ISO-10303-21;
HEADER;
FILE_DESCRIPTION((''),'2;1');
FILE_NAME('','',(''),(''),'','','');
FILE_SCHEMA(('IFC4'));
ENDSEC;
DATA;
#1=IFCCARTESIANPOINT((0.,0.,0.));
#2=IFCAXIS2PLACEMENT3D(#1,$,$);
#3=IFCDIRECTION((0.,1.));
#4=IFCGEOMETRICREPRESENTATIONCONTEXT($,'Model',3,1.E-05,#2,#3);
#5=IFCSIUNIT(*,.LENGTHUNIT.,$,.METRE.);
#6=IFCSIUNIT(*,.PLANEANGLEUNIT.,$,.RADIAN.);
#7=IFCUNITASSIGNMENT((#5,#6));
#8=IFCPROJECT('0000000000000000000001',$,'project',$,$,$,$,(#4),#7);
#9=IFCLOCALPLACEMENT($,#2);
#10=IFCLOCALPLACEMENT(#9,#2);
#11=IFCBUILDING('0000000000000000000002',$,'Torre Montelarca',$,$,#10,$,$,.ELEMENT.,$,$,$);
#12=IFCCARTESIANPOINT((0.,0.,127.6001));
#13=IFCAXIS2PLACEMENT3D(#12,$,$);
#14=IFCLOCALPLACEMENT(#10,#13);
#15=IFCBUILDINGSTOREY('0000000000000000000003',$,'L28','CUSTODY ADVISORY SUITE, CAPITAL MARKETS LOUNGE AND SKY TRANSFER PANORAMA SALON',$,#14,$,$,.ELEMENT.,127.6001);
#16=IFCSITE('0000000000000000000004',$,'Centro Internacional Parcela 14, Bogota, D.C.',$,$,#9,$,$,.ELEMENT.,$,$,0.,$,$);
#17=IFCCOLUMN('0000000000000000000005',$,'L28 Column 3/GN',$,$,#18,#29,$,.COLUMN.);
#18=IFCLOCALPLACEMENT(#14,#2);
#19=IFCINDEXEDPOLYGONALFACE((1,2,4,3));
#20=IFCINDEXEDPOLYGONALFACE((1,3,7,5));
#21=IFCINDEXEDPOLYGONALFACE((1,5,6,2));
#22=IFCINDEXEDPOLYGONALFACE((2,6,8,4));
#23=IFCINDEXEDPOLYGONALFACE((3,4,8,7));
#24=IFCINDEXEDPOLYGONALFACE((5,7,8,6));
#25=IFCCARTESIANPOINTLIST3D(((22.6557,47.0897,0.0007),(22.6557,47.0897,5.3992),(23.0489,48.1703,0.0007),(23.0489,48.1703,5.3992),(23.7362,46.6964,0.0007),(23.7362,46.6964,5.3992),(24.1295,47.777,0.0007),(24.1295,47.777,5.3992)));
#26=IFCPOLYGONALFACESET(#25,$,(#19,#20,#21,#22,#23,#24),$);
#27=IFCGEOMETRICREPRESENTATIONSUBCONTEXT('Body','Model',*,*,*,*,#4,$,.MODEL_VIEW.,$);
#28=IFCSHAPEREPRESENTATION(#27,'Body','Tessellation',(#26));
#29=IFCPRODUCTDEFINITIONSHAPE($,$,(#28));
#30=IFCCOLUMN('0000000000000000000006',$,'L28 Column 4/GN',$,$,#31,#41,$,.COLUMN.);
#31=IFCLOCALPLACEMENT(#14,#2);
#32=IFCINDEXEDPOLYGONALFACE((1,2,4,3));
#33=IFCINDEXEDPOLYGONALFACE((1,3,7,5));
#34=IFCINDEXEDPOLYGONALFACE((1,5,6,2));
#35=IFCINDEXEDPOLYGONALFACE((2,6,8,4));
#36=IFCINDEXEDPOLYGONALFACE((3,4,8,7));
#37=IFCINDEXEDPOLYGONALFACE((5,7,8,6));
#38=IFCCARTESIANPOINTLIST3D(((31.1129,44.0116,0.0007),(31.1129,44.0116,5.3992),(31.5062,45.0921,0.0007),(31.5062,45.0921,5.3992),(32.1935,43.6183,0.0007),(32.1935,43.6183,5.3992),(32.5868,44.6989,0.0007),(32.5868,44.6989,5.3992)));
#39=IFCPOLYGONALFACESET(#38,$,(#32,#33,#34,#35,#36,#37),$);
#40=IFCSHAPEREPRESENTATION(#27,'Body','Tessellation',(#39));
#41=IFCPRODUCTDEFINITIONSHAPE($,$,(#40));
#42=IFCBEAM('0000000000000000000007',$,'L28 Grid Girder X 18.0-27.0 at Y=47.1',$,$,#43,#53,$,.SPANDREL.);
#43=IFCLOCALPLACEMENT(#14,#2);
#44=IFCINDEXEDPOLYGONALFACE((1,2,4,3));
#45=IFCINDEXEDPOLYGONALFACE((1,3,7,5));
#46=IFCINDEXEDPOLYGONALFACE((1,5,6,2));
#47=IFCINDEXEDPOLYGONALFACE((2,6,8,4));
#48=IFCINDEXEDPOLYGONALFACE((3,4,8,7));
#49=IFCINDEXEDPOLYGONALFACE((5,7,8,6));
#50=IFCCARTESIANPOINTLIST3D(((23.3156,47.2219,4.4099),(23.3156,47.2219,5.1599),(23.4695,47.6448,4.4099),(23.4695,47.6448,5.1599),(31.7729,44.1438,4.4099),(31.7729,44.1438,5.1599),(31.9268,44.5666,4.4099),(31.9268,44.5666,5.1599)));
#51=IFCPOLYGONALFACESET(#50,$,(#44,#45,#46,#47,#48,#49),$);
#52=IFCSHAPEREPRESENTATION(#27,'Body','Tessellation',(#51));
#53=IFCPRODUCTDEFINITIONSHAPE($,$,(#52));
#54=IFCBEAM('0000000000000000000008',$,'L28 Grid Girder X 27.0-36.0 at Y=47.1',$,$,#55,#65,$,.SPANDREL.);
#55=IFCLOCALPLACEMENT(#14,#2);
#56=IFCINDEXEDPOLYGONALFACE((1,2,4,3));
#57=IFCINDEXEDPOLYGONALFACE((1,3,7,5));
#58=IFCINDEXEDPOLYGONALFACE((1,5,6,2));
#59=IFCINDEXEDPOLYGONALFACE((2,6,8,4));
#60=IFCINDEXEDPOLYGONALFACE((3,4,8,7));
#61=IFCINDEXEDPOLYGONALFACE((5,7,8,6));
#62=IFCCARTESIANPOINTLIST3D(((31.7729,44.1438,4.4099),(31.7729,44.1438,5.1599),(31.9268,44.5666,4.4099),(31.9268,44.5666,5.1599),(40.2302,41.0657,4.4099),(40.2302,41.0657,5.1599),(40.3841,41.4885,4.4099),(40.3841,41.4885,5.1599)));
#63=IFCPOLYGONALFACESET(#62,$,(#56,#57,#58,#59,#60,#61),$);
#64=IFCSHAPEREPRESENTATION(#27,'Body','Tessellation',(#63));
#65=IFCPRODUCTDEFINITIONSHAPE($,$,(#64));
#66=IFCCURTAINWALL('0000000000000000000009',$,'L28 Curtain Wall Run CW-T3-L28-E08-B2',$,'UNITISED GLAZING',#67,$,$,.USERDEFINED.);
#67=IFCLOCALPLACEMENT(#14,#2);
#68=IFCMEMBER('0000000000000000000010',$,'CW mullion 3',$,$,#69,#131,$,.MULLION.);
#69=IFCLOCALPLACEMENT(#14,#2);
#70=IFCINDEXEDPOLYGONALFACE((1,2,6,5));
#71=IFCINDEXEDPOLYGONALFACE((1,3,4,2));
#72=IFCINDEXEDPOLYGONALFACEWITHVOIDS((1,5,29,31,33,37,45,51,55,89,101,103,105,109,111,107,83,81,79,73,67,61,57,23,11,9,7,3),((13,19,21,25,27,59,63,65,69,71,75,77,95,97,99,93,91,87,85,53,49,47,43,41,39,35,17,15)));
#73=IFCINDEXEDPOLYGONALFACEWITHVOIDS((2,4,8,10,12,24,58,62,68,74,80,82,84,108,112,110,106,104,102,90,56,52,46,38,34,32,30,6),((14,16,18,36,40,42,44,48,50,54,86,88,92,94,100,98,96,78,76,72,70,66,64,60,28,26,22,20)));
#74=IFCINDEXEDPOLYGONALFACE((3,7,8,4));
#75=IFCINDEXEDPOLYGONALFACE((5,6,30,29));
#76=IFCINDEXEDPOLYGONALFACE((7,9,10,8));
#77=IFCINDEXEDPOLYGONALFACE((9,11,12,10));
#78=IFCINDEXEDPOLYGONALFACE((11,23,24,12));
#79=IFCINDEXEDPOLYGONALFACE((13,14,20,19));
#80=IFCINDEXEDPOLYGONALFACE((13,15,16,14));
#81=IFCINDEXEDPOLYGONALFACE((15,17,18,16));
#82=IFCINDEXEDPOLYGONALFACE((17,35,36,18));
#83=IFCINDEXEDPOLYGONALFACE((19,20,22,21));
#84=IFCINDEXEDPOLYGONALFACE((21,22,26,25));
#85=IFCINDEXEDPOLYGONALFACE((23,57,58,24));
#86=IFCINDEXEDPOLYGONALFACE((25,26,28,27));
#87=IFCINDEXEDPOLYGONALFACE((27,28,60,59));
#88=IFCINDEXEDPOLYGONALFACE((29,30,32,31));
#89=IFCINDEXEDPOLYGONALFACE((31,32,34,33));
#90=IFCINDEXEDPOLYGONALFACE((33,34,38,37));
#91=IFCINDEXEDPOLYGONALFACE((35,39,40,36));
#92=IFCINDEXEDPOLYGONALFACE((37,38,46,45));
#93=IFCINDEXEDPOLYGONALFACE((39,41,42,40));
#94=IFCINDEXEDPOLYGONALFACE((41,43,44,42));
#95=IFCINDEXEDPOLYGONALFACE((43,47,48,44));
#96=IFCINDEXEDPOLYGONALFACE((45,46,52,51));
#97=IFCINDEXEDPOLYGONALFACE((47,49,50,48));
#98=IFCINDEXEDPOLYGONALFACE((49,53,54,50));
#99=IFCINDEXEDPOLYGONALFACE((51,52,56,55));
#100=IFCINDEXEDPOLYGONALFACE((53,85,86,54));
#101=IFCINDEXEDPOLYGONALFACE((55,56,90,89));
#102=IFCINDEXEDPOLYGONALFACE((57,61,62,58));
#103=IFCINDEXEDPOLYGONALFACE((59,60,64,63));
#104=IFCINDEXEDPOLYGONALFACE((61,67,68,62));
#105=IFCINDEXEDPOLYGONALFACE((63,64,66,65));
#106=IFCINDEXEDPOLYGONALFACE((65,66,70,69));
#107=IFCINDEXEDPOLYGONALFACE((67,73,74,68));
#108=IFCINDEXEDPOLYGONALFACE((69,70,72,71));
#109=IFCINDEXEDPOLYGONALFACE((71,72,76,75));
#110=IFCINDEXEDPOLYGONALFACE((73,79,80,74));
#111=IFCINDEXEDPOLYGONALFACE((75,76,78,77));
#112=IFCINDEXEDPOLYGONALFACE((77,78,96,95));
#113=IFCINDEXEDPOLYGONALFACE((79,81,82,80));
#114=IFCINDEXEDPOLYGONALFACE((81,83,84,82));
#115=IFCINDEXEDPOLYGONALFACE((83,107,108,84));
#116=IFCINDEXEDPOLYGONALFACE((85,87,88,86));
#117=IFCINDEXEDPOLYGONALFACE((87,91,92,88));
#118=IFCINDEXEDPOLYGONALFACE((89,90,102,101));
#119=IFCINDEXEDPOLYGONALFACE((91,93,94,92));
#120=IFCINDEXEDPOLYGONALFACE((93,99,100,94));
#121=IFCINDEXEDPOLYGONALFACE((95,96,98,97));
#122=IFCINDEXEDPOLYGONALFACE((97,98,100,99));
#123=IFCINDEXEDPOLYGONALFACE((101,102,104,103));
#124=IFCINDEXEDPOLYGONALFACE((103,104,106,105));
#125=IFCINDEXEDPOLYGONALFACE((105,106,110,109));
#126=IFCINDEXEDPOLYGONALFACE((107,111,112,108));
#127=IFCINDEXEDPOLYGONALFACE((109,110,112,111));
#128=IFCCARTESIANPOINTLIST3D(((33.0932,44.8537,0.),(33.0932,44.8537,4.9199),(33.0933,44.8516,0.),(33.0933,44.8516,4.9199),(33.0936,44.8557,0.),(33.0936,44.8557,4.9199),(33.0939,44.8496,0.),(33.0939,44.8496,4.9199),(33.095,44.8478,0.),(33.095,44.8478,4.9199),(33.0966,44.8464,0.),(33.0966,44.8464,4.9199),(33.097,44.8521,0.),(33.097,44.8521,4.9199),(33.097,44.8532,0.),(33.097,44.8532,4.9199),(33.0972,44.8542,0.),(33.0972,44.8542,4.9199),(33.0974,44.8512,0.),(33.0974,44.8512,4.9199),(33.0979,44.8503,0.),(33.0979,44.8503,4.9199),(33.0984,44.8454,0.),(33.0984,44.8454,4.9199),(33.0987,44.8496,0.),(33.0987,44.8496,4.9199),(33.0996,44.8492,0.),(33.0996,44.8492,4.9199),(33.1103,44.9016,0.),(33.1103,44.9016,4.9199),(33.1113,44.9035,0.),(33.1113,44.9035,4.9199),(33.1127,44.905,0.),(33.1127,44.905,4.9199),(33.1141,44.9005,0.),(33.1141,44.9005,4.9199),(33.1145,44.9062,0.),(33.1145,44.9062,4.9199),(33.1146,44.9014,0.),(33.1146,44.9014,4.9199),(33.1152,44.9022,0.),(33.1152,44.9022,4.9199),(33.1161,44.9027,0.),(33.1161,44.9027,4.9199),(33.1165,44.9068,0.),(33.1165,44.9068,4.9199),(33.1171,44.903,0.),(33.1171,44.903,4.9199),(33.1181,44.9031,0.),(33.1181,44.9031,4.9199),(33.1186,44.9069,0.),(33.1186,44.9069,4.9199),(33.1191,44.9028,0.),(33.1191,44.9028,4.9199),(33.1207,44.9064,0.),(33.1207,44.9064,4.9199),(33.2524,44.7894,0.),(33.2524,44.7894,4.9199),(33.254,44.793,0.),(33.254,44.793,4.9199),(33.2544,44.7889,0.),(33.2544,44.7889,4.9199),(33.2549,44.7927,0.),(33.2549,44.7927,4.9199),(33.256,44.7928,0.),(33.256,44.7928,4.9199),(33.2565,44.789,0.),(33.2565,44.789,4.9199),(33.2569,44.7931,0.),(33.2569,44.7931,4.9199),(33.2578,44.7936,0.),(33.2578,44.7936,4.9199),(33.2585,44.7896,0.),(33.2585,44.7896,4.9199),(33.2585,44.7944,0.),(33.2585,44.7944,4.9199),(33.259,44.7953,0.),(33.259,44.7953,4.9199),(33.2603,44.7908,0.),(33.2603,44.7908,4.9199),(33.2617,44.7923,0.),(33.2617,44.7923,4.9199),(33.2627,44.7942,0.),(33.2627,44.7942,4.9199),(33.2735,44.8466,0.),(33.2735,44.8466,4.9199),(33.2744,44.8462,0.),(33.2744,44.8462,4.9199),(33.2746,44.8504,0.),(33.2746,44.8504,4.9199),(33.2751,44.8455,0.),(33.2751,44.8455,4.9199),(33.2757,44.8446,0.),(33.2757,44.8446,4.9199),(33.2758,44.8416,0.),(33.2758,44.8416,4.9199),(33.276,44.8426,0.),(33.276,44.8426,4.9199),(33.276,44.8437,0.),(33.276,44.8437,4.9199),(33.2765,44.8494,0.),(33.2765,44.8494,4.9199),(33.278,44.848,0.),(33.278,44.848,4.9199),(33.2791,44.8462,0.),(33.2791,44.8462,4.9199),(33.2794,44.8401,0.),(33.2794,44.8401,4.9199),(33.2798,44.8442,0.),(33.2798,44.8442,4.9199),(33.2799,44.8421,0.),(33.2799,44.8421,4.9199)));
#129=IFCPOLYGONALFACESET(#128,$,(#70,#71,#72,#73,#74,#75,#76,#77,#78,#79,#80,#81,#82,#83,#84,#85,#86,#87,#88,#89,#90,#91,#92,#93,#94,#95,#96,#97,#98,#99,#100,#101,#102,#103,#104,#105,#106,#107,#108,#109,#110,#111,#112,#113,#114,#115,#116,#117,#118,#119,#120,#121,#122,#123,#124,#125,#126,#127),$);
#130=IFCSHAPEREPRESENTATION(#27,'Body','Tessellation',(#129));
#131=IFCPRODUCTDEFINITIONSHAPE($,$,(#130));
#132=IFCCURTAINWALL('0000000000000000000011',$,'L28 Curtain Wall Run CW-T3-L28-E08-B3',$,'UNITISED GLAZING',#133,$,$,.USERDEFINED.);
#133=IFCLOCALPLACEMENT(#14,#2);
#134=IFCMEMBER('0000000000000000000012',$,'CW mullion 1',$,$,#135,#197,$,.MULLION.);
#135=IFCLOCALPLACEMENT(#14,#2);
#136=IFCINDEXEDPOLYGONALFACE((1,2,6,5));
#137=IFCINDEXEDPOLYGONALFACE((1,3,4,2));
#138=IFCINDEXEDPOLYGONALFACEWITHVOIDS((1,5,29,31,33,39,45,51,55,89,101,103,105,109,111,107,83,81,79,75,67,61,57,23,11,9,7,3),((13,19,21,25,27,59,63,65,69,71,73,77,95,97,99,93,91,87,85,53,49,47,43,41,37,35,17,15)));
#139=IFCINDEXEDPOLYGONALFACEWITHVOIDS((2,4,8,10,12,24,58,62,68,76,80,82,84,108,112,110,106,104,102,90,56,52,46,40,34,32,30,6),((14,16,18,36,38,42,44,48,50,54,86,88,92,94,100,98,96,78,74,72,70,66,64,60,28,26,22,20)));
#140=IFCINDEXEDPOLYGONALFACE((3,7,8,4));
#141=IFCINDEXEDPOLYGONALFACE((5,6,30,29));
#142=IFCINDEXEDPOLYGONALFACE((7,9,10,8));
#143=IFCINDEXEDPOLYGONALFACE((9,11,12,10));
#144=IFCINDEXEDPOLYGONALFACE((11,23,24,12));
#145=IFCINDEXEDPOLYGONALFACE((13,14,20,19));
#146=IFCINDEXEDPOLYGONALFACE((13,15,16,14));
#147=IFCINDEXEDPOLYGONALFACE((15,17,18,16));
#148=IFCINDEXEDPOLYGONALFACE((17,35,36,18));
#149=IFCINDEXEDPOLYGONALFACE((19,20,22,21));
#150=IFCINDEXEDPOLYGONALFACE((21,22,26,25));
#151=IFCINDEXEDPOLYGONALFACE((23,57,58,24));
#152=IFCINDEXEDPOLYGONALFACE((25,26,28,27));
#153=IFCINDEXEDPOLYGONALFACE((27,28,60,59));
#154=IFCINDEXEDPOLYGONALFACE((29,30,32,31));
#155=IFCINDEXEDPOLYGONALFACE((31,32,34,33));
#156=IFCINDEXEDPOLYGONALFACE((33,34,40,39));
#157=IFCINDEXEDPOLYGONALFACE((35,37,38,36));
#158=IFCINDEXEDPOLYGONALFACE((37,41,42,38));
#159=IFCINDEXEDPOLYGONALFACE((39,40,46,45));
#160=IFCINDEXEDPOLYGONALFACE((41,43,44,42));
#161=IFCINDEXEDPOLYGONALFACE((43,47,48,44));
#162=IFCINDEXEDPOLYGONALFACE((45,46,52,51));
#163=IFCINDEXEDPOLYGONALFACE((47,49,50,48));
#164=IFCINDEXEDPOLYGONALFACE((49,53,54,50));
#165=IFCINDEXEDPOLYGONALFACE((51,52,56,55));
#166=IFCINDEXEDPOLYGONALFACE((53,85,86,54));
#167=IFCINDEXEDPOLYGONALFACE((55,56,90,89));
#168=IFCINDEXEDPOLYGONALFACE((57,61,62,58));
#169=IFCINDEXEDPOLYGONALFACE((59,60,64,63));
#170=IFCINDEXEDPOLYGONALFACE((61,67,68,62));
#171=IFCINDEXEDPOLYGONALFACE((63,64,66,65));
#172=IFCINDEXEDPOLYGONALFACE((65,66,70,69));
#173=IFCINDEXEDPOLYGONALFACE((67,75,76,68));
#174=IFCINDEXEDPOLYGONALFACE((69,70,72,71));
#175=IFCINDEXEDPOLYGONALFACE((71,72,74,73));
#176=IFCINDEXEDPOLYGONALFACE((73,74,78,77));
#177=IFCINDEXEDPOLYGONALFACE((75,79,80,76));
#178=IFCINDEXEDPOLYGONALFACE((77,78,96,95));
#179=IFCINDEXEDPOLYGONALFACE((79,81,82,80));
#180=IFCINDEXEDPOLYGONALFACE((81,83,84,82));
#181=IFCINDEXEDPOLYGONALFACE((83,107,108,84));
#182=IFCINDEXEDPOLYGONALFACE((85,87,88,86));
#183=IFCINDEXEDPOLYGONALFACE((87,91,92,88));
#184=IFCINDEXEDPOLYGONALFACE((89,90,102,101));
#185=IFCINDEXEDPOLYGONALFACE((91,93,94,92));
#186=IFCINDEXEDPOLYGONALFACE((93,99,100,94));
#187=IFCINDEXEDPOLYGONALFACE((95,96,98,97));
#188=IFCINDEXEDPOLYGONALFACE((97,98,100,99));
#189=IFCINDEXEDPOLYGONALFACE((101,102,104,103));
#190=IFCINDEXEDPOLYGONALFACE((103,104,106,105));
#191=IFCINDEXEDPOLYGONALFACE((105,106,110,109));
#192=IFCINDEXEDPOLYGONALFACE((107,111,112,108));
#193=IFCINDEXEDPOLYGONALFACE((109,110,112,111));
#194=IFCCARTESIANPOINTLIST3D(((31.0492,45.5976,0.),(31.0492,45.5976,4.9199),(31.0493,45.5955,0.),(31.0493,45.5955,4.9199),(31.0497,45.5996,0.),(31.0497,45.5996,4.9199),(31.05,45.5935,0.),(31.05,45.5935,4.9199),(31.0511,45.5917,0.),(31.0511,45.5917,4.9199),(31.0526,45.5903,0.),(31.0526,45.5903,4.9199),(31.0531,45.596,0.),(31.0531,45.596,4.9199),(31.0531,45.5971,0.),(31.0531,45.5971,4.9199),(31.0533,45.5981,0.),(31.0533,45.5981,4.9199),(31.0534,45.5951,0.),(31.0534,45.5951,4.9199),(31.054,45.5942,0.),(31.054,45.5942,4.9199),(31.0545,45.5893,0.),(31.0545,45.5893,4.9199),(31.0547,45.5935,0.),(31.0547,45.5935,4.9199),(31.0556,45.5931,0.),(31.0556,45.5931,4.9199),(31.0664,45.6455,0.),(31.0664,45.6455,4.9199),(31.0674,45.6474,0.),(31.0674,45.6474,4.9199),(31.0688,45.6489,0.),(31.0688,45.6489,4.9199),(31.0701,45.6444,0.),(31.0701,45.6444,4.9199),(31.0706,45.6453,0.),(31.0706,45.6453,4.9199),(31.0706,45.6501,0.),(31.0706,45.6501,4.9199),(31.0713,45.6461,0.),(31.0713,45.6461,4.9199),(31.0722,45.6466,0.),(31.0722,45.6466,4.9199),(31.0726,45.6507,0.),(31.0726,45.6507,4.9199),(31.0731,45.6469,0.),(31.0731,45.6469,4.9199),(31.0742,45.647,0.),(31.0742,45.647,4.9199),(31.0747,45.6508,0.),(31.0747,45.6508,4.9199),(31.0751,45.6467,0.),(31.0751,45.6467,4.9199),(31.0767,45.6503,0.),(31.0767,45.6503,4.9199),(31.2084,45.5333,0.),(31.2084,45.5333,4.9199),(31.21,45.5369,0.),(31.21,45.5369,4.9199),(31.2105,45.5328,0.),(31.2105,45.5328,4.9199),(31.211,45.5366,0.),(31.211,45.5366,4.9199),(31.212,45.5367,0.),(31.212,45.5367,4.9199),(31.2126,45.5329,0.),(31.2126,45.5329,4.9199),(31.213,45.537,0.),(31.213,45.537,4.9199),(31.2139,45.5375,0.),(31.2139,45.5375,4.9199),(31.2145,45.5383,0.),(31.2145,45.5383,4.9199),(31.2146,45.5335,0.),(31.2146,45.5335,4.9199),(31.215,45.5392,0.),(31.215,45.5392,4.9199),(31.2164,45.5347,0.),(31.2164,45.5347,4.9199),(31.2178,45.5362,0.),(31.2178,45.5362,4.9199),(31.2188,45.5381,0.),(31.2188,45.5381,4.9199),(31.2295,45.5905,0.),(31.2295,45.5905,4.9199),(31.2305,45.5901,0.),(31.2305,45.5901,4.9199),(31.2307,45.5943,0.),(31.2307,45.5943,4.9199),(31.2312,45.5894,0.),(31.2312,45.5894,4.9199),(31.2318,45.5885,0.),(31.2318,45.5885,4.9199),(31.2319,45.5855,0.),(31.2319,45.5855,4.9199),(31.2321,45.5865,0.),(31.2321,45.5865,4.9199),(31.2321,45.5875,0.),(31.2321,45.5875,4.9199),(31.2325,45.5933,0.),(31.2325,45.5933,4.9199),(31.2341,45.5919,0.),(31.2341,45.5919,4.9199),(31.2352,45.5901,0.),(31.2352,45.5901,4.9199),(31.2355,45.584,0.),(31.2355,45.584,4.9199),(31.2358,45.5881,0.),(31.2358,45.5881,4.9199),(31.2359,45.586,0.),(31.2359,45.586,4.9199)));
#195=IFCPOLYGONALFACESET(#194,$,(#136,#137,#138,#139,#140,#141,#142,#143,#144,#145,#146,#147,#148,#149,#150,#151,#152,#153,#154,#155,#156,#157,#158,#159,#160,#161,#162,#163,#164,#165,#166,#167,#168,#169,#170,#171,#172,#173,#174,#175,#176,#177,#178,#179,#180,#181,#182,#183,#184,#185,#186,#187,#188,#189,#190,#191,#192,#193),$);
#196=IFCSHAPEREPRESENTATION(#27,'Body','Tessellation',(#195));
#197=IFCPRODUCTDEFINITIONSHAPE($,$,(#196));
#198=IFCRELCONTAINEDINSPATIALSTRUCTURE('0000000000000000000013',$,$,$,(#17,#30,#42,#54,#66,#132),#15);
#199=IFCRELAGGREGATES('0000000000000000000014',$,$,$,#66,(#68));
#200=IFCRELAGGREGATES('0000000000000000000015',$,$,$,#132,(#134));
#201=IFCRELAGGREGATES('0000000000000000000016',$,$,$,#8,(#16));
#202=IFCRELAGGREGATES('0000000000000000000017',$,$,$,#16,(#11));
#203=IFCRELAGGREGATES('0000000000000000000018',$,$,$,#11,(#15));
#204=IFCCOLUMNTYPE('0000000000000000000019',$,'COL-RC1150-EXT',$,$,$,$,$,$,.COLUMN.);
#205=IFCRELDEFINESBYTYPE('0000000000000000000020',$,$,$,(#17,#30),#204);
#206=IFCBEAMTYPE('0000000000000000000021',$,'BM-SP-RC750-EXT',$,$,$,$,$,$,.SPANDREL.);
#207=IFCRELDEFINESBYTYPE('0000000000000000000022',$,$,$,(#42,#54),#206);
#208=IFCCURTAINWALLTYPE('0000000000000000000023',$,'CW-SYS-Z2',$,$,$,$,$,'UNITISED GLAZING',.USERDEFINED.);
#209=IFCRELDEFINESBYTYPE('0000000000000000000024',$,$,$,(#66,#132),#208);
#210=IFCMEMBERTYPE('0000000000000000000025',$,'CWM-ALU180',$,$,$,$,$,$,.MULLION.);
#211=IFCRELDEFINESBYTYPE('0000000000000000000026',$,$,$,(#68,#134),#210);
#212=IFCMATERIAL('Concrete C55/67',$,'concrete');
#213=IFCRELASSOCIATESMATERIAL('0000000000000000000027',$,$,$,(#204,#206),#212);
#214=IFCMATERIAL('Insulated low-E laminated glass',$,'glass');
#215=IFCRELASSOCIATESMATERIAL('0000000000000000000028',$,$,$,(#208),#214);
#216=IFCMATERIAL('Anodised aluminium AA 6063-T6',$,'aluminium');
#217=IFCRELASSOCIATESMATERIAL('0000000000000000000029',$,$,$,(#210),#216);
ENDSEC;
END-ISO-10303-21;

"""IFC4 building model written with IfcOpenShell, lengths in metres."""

from ifc_helpers import new_model, si_unit, direction, frame, origin, origin_2d, place, context, subcontext, project, spatial, rectangle, hollow_rectangle, extrude, source, transform, mapped, material, material_profile, profile_set, type_object, element, aggregate, save


model = new_model("IFC4")

# Units and contexts
model_context = context("Model", 3, precision=1e-05, world=origin(), true_north=direction((0.0, 1.0)))
body_context = subcontext(model_context, "Body", "Model", "MODEL_VIEW")
ifc_project = project(units=[si_unit("LENGTHUNIT", "METRE"), si_unit("PLANEANGLEUNIT", "RADIAN")], contexts=[model_context])

# Site, building, storey
site_placement = place(None, origin())
site = spatial("IfcSite", under=ifc_project, at=site_placement, Name="Centro Internacional Parcela 14, Bogota, D.C.", CompositionType="ELEMENT", RefElevation=0.0)
building_placement = place(site_placement, origin())
building = spatial("IfcBuilding", under=site, at=building_placement, Name="Torre Montelarca", CompositionType="ELEMENT")
storey_placement = place(building_placement, frame((0.0, 0.0, 127.6001)))
storey = spatial("IfcBuildingStorey", under=building, at=storey_placement, Name="L28", Description="CUSTODY ADVISORY SUITE, CAPITAL MARKETS LOUNGE AND SKY TRANSFER PANORAMA SALON", CompositionType="ELEMENT", Elevation=127.6001)

# Columns
ifc_material_1 = material(Name="Concrete C55/67", Category="concrete")
ifc_material_profile_1 = material_profile(ifc_material_1, rectangle(XDim=1.1499, YDim=1.1499, at=origin_2d()), Name="RC1150X1150", Category="concrete")
ifc_profile_set_1 = profile_set([ifc_material_profile_1], Name="Concrete C55/67")
column_type = type_object("IfcColumnType", Name="COL-RC1150-EXT", PredefinedType="COLUMN", material=ifc_profile_set_1)
shared_shape_1 = source(origin(), body_context, "Body", "SweptSolid", [
    extrude(rectangle(XDim=1.1499, YDim=1.1499, at=origin_2d()), origin(), (0.0, 0.0, 1.0), 5.3984),
])
for number, where, z_axis, x_axis, name in (
    (1, (23.3926, 47.4333, 0.0007), (0.0, 0.0, 1.0), (-0.939693, 0.34202, 0.0), "L28 Column 3/GN"),
    (2, (31.8499, 44.3552, 0.0007), (0.0, 0.0, 1.0), (-0.939693, 0.34202, 0.0), "L28 Column 4/GN"),
):
    element("IfcColumn", number, at=place(storey_placement, frame(where, z_axis=z_axis, x_axis=x_axis)), inside=storey, type_object=column_type, Name=name, PredefinedType="COLUMN", context=body_context, shape_type="MappedRepresentation", body=[
        mapped(shared_shape_1, transform((0.0, 0.0, 0.0), scale=1.0)),
    ])

# Beams
ifc_material_profile_2 = material_profile(ifc_material_1, rectangle(XDim=0.45, YDim=0.75, at=origin_2d()), Name="RCB450X750", Category="concrete")
ifc_profile_set_2 = profile_set([ifc_material_profile_2], Name="Concrete C55/67")
beam_type = type_object("IfcBeamType", Name="BM-SP-RC750-EXT", PredefinedType="SPANDREL", material=ifc_profile_set_2)
shared_shape_2 = source(origin(), body_context, "Body", "SweptSolid", [
    extrude(rectangle(XDim=0.45, YDim=0.75, at=origin_2d()), origin(), (0.0, 0.0, 1.0), 9.0),
])
for number, where, z_axis, x_axis, name in (
    (3, (23.3926, 47.4333, 4.7849), (0.939695, -0.342013, 0.0), (0.342013, 0.939695, 0.0), "L28 Grid Girder X 18.0-27.0 at Y=47.1"),
    (4, (31.8499, 44.3552, 4.7849), (0.939695, -0.342013, 0.0), (0.342013, 0.939695, 0.0), "L28 Grid Girder X 27.0-36.0 at Y=47.1"),
):
    element("IfcBeam", number, at=place(storey_placement, frame(where, z_axis=z_axis, x_axis=x_axis)), inside=storey, type_object=beam_type, Name=name, PredefinedType="SPANDREL", context=body_context, shape_type="MappedRepresentation", body=[
        mapped(shared_shape_2, transform((0.0, 0.0, 0.0), scale=1.0)),
    ])

# Curtain wall, member
ifc_material_2 = material(Name="Insulated low-E laminated glass", Category="glass")
curtain_wall_type = type_object("IfcCurtainWallType", Name="CW-SYS-Z2", ElementType="UNITISED GLAZING", PredefinedType="USERDEFINED", material=ifc_material_2)
curtain_wall_1_placement = place(storey_placement, origin())
curtain_wall_1 = element("IfcCurtainWall", 5, at=curtain_wall_1_placement, inside=storey, type_object=curtain_wall_type, Name="L28 Curtain Wall Run CW-T3-L28-E08-B2", ObjectType="UNITISED GLAZING", PredefinedType="USERDEFINED")
ifc_material_3 = material(Name="Anodised aluminium AA 6063-T6", Category="aluminium")
ifc_material_profile_3 = material_profile(ifc_material_3, hollow_rectangle(XDim=0.0649, YDim=0.1799, WallThickness=0.0039, InnerFilletRadius=0.0039, OuterFilletRadius=0.0081, at=origin_2d()), Name="ALU65X180X4", Category="aluminium")
ifc_profile_set_3 = profile_set([ifc_material_profile_3], Name="Anodised aluminium AA 6063-T6")
member_type_1 = type_object("IfcMemberType", Name="CWM-ALU180", PredefinedType="MULLION", material=ifc_profile_set_3)
shared_shape_3 = source(origin(), body_context, "Body", "SweptSolid", [
    extrude(hollow_rectangle(XDim=0.0649, YDim=0.1799, WallThickness=0.0039, InnerFilletRadius=0.0039, OuterFilletRadius=0.0081, at=origin_2d()), origin(), (0.0, 0.0, 1.0), 4.9199),
])
member_1_placement = place(storey_placement, frame((33.1865, 44.8479, 0.0), z_axis=(0.0, 0.0, 1.0), x_axis=(-0.342017, -0.939694, 0.0)))
member_1 = element("IfcMember", 6, at=member_1_placement, type_object=member_type_1, Name="CW mullion 3", PredefinedType="MULLION", context=body_context, shape_type="MappedRepresentation", body=[
    mapped(shared_shape_3, transform((0.0, 0.0, 0.0), scale=1.0)),
])

# Curtain wall, member
curtain_wall_2_placement = place(storey_placement, origin())
curtain_wall_2 = element("IfcCurtainWall", 7, at=curtain_wall_2_placement, inside=storey, type_object=curtain_wall_type, Name="L28 Curtain Wall Run CW-T3-L28-E08-B3", ObjectType="UNITISED GLAZING", PredefinedType="USERDEFINED")
member_2_placement = place(storey_placement, frame((31.1426, 45.5918, 0.0), z_axis=(0.0, 0.0, 1.0), x_axis=(-0.342017, -0.939694, 0.0)))
member_2 = element("IfcMember", 8, at=member_2_placement, type_object=member_type_1, Name="CW mullion 1", PredefinedType="MULLION", context=body_context, shape_type="MappedRepresentation", body=[
    mapped(shared_shape_3, transform((0.0, 0.0, 0.0), scale=1.0)),
])

aggregate(curtain_wall_1, [member_1])
aggregate(curtain_wall_2, [member_2])

save(model, "model.ifc")
